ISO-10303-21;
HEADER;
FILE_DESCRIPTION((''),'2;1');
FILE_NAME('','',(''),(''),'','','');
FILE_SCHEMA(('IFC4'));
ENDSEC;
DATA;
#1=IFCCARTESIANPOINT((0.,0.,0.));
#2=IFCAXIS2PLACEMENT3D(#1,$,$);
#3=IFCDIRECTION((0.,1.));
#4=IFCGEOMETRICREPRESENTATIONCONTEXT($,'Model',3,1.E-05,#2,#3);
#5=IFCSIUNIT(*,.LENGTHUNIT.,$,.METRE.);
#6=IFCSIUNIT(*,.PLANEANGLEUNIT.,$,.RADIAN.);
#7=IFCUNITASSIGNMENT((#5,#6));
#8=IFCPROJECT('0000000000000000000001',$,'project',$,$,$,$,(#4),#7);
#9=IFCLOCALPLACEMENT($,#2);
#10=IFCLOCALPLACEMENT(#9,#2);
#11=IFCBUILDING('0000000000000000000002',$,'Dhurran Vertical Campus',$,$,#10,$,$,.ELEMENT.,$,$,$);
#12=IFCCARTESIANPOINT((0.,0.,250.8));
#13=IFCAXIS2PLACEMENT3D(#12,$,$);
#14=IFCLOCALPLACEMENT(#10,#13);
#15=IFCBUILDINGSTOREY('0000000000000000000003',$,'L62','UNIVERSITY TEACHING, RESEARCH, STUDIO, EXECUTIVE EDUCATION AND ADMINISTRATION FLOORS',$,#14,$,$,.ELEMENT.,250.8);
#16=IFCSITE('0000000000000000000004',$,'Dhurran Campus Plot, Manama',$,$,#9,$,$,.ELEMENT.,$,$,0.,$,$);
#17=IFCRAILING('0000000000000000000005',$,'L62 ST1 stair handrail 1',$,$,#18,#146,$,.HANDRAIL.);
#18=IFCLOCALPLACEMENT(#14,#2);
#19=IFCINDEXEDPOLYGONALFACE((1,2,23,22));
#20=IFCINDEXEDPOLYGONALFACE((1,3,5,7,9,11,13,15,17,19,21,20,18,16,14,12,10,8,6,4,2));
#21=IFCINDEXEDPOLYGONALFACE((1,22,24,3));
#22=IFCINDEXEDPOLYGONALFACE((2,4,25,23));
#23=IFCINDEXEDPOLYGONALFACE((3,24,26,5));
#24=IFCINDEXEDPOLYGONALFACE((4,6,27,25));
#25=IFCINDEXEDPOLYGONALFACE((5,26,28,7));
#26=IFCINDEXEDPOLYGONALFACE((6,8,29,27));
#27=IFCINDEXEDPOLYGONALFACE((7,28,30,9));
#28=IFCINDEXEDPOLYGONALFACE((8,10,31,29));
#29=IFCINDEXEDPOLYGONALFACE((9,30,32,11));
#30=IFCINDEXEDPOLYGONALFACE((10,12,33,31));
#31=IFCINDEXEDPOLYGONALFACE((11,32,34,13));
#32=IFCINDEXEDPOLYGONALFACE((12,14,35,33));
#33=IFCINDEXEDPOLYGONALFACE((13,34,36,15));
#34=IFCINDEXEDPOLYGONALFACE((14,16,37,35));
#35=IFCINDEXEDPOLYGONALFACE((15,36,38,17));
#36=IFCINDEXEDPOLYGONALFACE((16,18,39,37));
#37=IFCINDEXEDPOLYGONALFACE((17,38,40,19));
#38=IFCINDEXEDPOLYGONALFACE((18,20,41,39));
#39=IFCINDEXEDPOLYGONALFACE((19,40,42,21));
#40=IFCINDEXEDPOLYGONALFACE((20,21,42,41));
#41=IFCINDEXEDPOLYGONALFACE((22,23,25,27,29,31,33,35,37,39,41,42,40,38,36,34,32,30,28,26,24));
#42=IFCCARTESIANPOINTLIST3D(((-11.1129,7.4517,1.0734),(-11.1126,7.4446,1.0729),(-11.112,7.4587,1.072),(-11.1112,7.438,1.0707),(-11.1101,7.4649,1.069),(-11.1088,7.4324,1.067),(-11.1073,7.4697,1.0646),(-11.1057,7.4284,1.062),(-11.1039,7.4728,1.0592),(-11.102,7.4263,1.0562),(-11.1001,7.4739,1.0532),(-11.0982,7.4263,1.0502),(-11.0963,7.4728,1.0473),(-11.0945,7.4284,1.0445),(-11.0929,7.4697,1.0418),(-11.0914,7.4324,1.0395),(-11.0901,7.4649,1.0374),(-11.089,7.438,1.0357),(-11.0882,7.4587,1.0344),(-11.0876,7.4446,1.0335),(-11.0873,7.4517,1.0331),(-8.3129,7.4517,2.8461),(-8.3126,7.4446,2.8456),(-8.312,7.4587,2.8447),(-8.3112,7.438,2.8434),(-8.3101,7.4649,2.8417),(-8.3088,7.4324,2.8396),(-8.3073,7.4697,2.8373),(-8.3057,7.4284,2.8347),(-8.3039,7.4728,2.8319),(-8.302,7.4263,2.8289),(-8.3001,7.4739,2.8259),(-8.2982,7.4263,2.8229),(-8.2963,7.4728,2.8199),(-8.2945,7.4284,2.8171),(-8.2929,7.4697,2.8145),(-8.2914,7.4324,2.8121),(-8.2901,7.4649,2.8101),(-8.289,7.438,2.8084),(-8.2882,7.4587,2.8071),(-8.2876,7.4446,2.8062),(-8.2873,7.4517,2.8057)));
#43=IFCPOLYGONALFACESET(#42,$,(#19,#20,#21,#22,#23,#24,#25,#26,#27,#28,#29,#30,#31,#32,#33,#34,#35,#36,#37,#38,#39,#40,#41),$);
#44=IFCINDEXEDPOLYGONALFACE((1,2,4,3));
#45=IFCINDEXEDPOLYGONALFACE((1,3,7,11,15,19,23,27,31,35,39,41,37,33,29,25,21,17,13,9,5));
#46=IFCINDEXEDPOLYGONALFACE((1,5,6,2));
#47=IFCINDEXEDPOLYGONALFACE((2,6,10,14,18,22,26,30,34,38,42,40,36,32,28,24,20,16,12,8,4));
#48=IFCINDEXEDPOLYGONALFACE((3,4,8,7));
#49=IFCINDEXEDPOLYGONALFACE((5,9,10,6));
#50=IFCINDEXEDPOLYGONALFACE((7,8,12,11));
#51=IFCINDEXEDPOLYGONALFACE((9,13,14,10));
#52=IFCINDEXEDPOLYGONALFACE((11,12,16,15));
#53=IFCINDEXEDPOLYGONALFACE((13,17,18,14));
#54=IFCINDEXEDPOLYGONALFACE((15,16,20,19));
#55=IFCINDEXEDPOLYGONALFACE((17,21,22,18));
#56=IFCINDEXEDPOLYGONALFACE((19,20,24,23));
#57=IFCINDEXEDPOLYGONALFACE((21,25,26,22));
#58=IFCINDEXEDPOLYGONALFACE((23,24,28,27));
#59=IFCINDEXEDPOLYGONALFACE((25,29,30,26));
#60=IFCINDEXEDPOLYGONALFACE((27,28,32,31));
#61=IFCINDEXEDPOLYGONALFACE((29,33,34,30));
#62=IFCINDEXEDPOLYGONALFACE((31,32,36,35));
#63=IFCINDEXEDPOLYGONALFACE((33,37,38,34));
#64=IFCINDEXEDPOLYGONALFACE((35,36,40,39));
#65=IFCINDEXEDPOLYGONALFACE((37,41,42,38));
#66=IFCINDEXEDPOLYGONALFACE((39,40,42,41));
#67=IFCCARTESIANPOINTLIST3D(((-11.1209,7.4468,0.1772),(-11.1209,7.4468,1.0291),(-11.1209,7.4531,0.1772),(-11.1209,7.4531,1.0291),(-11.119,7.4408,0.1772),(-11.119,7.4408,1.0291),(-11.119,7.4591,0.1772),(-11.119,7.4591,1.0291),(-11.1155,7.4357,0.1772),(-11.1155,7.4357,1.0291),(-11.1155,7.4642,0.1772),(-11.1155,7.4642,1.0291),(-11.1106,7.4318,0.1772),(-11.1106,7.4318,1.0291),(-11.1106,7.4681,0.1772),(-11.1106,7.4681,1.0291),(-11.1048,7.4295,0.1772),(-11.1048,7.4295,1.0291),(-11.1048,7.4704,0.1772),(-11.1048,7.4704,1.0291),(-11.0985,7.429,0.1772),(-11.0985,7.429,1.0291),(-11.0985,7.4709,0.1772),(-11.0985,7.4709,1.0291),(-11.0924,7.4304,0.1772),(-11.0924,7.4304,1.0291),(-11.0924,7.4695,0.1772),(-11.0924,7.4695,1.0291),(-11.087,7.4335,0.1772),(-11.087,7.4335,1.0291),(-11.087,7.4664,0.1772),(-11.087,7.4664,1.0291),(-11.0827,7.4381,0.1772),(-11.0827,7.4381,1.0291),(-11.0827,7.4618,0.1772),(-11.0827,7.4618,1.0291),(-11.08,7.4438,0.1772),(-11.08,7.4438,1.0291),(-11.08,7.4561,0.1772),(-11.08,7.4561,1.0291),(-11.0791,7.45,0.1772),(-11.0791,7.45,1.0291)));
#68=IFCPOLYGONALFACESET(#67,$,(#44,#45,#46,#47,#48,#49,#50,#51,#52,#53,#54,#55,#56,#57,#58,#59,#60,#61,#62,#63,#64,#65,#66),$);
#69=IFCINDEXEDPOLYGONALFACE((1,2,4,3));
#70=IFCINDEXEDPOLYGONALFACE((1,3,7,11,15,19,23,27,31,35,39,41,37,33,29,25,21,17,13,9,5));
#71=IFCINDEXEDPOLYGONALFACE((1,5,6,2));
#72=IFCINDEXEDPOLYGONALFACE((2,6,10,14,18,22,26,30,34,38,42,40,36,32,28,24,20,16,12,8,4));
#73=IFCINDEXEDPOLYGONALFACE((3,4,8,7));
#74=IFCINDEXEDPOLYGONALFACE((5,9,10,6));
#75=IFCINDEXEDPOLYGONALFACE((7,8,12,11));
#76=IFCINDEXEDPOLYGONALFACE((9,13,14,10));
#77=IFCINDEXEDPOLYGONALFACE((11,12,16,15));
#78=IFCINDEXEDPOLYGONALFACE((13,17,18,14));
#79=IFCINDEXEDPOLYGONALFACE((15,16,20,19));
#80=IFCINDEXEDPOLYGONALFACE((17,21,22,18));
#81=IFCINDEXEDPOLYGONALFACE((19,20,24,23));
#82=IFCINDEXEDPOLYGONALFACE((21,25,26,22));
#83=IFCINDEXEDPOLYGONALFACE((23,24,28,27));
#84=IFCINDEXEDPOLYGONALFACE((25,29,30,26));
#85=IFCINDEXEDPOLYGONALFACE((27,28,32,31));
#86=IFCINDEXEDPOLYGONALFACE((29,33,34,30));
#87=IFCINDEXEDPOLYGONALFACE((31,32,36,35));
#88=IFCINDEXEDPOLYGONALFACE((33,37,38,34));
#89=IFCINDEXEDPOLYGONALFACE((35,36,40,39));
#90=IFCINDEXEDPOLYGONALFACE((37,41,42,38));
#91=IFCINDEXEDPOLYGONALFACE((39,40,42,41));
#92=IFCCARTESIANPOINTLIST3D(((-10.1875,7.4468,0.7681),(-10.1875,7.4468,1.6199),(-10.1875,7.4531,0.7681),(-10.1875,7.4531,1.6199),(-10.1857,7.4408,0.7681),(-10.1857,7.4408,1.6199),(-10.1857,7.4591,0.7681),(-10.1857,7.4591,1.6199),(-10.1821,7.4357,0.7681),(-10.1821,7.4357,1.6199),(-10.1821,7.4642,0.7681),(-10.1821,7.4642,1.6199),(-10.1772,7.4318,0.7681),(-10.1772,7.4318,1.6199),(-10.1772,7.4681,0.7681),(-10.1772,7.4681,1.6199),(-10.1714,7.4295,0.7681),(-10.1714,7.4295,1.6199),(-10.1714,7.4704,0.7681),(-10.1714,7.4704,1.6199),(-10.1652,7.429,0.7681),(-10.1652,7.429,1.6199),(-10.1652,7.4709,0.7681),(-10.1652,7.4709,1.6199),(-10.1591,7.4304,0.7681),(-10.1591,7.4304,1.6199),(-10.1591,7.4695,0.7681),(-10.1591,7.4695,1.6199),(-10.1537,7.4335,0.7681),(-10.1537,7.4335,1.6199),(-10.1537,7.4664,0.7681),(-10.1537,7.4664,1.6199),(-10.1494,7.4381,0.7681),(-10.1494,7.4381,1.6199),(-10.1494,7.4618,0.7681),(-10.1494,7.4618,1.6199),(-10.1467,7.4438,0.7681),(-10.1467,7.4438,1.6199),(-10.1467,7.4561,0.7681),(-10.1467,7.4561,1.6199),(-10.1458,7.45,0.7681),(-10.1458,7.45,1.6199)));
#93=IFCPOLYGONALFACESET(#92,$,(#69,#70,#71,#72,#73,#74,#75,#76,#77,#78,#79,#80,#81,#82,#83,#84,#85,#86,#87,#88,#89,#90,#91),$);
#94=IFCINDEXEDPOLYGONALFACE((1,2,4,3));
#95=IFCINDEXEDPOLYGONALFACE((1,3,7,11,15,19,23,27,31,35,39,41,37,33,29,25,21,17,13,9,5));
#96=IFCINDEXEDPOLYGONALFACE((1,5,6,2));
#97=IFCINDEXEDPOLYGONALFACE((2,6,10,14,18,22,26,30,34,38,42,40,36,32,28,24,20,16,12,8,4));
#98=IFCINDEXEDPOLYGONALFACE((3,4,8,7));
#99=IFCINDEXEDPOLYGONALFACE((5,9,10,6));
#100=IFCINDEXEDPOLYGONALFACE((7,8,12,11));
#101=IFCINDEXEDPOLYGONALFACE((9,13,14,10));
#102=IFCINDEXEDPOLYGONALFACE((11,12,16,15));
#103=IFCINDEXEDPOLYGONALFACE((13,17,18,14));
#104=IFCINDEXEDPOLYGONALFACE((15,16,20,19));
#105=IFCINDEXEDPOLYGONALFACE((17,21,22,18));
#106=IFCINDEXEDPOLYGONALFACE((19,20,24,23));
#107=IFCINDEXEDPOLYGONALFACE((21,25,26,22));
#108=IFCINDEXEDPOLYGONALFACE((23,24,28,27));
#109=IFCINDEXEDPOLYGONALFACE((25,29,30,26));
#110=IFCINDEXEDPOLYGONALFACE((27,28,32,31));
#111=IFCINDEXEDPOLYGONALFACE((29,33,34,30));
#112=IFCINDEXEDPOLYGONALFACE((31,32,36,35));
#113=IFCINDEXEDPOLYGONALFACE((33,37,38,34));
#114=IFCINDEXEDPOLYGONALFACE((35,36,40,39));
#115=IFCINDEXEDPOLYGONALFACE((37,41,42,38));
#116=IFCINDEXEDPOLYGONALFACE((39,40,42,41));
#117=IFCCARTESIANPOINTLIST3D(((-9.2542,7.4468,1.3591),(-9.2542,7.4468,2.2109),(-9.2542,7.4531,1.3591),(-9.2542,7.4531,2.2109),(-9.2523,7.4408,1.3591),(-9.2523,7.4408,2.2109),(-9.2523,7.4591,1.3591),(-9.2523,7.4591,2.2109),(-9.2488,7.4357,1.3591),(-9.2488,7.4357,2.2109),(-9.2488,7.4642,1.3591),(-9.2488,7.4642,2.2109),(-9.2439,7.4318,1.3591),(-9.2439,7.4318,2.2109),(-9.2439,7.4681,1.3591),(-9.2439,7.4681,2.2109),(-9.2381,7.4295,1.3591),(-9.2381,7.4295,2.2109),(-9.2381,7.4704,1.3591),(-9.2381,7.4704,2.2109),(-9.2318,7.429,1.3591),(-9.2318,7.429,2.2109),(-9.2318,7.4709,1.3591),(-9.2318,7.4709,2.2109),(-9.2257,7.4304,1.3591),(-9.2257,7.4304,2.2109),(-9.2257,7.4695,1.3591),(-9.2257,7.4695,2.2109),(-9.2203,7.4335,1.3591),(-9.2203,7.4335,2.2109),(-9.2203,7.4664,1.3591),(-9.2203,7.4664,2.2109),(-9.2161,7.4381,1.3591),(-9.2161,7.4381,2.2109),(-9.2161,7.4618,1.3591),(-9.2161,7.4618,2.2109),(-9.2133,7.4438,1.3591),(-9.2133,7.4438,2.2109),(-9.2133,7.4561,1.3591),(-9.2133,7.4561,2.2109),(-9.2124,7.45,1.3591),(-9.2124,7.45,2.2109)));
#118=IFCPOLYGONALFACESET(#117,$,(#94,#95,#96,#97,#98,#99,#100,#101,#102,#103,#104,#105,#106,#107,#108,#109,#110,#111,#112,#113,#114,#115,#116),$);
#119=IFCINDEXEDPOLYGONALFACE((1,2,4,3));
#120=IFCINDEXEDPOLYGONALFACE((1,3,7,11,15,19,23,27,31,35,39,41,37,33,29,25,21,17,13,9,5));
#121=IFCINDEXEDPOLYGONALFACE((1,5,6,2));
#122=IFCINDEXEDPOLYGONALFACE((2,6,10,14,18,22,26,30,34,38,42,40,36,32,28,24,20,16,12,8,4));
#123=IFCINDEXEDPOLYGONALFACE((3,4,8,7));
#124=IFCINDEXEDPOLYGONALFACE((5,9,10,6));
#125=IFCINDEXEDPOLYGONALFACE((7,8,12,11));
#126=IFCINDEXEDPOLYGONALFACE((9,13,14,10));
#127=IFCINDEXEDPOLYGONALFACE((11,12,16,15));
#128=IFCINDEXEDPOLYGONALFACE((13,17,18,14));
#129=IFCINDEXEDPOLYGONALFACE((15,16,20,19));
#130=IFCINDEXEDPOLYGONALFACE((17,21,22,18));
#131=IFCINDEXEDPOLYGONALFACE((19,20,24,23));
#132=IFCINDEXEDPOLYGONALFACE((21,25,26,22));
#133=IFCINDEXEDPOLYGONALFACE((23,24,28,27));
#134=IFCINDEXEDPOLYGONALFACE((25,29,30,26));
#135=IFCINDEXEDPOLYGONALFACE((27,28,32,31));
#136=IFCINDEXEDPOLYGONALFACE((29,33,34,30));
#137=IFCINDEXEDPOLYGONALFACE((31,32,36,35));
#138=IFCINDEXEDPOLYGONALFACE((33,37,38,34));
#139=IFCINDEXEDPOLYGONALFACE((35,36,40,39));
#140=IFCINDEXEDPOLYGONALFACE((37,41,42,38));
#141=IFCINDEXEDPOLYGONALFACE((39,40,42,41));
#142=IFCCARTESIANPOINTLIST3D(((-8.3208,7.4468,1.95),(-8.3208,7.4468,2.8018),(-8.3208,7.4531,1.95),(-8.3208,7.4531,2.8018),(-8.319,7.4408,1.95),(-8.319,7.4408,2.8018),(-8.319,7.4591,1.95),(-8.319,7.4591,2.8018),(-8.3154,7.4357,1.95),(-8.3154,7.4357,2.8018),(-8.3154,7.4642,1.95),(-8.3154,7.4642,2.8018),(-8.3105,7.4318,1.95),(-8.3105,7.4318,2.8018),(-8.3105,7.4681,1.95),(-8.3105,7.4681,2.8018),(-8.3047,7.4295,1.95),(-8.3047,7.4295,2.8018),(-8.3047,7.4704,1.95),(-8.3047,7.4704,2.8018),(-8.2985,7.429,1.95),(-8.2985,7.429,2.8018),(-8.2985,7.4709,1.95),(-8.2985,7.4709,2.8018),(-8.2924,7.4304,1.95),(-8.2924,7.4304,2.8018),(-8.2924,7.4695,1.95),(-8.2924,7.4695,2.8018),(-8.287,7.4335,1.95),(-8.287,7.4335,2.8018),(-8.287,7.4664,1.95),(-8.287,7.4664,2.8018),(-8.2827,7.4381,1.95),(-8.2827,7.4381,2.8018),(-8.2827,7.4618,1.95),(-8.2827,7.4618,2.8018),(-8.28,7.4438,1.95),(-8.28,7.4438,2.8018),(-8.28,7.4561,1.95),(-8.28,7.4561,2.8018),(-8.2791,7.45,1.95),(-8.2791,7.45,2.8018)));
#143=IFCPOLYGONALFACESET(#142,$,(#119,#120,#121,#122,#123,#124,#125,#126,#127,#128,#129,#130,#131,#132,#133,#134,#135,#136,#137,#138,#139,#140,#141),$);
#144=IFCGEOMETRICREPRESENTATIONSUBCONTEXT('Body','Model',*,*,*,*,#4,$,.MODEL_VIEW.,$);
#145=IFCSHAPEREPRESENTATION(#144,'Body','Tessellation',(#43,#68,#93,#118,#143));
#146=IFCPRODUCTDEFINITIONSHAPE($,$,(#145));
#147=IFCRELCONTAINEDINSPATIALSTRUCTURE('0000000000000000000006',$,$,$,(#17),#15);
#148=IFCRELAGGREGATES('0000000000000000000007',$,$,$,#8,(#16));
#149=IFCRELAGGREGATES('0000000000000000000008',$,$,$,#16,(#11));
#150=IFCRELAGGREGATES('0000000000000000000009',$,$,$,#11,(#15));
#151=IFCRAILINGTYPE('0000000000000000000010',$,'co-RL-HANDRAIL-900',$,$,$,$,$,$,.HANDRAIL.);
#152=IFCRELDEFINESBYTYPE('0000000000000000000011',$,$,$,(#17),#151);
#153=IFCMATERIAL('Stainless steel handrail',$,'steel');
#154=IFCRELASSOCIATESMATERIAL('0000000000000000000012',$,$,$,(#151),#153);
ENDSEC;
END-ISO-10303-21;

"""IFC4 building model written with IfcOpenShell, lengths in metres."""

from ifc_helpers import new_model, si_unit, direction, frame, origin, origin_2d, place, context, subcontext, project, spatial, circle, extrude, material, type_object, element, save


model = new_model("IFC4")

# Units and contexts
model_context = context("Model", 3, precision=1e-05, world=origin(), true_north=direction((0.0, 1.0)))
body_context = subcontext(model_context, "Body", "Model", "MODEL_VIEW")
ifc_project = project(units=[si_unit("LENGTHUNIT", "METRE"), si_unit("PLANEANGLEUNIT", "RADIAN")], contexts=[model_context])

# Site, building, storey
site_placement = place(None, origin())
site = spatial("IfcSite", under=ifc_project, at=site_placement, Name="Dhurran Campus Plot, Manama", CompositionType="ELEMENT", RefElevation=0.0)
building_placement = place(site_placement, origin())
building = spatial("IfcBuilding", under=site, at=building_placement, Name="Dhurran Vertical Campus", CompositionType="ELEMENT")
storey_placement = place(building_placement, frame((0.0, 0.0, 250.8)))
storey = spatial("IfcBuildingStorey", under=building, at=storey_placement, Name="L62", Description="UNIVERSITY TEACHING, RESEARCH, STUDIO, EXECUTIVE EDUCATION AND ADMINISTRATION FLOORS", CompositionType="ELEMENT", Elevation=250.8)

# Railing
ifc_material_1 = material(Name="Stainless steel handrail", Category="steel")
railing_type_1 = type_object("IfcRailingType", Name="co-RL-HANDRAIL-900", PredefinedType="HANDRAIL", material=ifc_material_1)
railing_1_placement = place(storey_placement, frame((-11.1001, 7.45, 0.1772)))
element("IfcRailing", 1, at=railing_1_placement, inside=storey, type_object=railing_type_1, Name="L62 ST1 stair handrail 1", PredefinedType="HANDRAIL", context=body_context, shape_type="SweptSolid", body=[
    extrude(circle(Radius=0.0239, at=origin_2d()), frame((0.0, 0.0, 0.876), z_axis=(0.844909, 0.0, 0.53491), x_axis=(0.0, 1.0, 0.0)), (0.0, 0.0, 1.0), 3.314),
    extrude(circle(Radius=0.021, at=origin_2d()), origin(), (0.0, 0.0, 1.0), 0.8518),
    extrude(circle(Radius=0.021, at=origin_2d()), frame((0.9333, 0.0, 0.5908)), (0.0, 0.0, 1.0), 0.8518),
    extrude(circle(Radius=0.021, at=origin_2d()), frame((1.8667, 0.0, 1.1819)), (0.0, 0.0, 1.0), 0.8518),
    extrude(circle(Radius=0.021, at=origin_2d()), frame((2.8, 0.0, 1.7727)), (0.0, 0.0, 1.0), 0.8518),
])

save(model, "model.ifc")
